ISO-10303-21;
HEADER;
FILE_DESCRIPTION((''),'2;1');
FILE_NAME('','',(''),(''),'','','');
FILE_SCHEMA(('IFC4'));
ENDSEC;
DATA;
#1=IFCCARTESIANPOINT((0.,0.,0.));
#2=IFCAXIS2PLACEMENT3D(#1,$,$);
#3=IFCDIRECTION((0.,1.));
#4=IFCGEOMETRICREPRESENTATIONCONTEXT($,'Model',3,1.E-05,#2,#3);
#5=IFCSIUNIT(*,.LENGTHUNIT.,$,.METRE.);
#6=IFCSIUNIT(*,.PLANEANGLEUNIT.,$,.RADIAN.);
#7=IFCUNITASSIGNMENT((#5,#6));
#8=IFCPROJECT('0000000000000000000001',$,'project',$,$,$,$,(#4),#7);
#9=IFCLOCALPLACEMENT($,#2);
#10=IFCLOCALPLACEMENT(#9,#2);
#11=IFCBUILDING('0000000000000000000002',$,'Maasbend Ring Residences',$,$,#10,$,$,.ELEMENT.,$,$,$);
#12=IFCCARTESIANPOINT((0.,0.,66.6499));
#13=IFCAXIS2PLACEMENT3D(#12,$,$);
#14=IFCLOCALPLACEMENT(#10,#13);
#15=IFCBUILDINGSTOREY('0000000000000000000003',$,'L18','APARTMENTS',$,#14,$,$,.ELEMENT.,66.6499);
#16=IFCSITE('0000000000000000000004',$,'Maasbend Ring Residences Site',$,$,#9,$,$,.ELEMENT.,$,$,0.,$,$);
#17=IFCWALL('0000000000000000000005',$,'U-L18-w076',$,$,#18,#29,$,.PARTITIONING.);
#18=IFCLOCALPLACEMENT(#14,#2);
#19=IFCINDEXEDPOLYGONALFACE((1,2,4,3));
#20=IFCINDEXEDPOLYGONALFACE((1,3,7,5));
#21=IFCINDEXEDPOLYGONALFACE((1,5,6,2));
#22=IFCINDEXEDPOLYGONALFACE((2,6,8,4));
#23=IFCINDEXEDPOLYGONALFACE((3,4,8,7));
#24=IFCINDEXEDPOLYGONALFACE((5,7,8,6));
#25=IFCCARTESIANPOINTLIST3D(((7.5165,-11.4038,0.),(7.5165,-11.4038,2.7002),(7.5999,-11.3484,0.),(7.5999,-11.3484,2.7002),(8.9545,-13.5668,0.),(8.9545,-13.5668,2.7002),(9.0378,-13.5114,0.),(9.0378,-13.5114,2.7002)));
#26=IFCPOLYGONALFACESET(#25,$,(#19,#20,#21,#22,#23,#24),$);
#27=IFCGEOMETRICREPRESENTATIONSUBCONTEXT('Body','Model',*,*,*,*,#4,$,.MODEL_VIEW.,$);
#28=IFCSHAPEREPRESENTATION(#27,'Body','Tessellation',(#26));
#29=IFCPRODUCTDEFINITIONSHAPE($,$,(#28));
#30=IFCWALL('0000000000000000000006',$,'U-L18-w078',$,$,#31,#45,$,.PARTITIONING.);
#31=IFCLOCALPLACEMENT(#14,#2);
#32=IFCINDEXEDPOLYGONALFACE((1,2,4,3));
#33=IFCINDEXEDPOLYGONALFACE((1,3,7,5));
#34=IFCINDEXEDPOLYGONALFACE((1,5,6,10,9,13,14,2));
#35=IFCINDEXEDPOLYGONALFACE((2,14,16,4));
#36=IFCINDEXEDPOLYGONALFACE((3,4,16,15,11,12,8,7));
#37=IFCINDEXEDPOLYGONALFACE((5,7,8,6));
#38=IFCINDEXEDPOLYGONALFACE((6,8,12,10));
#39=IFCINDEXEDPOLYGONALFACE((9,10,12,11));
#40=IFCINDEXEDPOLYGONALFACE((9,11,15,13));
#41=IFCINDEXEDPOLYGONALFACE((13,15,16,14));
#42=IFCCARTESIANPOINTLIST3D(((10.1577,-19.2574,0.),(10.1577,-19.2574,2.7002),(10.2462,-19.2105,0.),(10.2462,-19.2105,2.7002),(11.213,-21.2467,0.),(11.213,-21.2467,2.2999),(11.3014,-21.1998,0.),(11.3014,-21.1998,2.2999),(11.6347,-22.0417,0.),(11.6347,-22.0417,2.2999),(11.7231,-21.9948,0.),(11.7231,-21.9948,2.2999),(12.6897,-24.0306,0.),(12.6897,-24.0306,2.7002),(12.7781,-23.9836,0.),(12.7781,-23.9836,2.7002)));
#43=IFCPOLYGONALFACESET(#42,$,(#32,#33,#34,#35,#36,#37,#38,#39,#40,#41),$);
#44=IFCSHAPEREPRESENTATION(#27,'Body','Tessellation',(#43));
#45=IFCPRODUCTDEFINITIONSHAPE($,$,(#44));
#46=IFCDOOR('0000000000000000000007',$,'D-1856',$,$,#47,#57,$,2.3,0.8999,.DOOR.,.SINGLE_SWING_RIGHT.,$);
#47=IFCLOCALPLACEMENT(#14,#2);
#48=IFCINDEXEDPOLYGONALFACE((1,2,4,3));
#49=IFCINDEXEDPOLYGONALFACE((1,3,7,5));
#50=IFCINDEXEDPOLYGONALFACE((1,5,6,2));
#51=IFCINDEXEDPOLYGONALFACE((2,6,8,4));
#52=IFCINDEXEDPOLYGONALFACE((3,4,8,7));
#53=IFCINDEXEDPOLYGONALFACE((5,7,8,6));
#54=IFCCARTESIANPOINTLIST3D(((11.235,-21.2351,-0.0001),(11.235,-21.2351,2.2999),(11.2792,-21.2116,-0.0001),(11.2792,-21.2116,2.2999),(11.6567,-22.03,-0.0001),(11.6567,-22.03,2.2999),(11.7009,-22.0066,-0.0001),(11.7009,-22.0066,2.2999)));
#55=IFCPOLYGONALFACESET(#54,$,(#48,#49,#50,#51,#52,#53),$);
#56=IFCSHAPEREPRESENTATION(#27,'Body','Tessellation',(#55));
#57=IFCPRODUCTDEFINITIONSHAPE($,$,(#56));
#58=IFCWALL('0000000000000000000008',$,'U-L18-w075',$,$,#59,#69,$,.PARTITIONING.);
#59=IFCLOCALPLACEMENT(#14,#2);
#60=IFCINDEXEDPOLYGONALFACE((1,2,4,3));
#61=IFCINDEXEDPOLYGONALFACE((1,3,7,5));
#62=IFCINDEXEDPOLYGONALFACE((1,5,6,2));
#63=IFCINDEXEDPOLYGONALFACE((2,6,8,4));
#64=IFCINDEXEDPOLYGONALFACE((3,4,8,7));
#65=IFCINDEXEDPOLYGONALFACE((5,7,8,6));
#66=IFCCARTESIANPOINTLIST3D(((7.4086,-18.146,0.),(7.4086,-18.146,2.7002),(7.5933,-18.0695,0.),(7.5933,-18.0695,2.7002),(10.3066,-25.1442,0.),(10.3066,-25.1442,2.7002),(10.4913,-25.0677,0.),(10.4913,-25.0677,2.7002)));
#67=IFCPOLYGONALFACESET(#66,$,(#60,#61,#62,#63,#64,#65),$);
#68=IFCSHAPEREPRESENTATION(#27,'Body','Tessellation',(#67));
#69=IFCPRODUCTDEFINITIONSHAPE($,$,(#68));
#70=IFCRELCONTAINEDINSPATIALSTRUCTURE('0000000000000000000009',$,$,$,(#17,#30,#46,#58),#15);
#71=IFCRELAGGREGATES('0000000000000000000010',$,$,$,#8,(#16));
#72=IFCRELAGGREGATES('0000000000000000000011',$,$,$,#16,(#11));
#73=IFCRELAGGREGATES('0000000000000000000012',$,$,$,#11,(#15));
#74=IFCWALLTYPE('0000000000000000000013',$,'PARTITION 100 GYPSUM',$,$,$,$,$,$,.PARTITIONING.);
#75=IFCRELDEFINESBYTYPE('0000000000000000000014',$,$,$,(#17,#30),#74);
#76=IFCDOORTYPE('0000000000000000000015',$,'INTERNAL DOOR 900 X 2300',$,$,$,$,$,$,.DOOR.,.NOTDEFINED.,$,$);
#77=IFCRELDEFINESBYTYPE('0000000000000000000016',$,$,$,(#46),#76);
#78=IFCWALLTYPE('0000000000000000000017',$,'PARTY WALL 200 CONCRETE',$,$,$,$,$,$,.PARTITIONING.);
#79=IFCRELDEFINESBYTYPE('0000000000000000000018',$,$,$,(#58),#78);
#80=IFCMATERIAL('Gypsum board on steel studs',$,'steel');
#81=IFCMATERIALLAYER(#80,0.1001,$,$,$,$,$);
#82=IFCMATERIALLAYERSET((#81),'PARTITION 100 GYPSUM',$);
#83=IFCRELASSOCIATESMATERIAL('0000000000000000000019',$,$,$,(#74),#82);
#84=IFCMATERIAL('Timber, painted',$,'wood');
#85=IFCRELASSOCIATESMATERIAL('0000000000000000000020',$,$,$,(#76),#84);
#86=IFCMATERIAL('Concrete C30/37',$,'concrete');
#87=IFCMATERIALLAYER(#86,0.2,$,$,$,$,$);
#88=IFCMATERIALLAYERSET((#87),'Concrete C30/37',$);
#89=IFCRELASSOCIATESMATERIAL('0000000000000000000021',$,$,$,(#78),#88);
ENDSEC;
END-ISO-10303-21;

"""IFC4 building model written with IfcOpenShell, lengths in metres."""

from ifc_helpers import new_model, si_unit, direction, frame, frame_2d, origin, place, context, subcontext, project, spatial, rectangle, extrude, material, layer, layer_set, type_object, element, fill, save


model = new_model("IFC4")

# Units and contexts
model_context = context("Model", 3, precision=1e-05, world=origin(), true_north=direction((0.0, 1.0)))
body_context = subcontext(model_context, "Body", "Model", "MODEL_VIEW")
ifc_project = project(units=[si_unit("LENGTHUNIT", "METRE"), si_unit("PLANEANGLEUNIT", "RADIAN")], contexts=[model_context])

# Site, building, storey
site_placement = place(None, origin())
site = spatial("IfcSite", under=ifc_project, at=site_placement, Name="Maasbend Ring Residences Site", CompositionType="ELEMENT", RefElevation=0.0)
building_placement = place(site_placement, origin())
building = spatial("IfcBuilding", under=site, at=building_placement, Name="Maasbend Ring Residences", CompositionType="ELEMENT")
storey_placement = place(building_placement, frame((0.0, 0.0, 66.6499)))
storey = spatial("IfcBuildingStorey", under=building, at=storey_placement, Name="L18", Description="APARTMENTS", CompositionType="ELEMENT", Elevation=66.6499)

# Shared definitions
ifc_material_1 = material(Name="Gypsum board on steel studs", Category="steel")
ifc_layer_1 = layer(ifc_material_1, 0.1001)
ifc_layer_set_1 = layer_set([ifc_layer_1], Name="PARTITION 100 GYPSUM")
wall_type_1 = type_object("IfcWallType", Name="PARTITION 100 GYPSUM", PredefinedType="PARTITIONING", material=ifc_layer_set_1)

# Shared definitions
ifc_material_2 = material(Name="Timber, painted", Category="wood")
door_type_1 = type_object("IfcDoorType", Name="INTERNAL DOOR 900 X 2300", OperationType="NOTDEFINED", PredefinedType="DOOR", material=ifc_material_2)

# Wall
wall_1_placement = place(storey_placement, frame((7.5581, -11.376, 0.0), z_axis=(0.0, 0.0, 1.0), x_axis=(0.553615, -0.832773, 0.0)))
element("IfcWall", 1, at=wall_1_placement, inside=storey, type_object=wall_type_1, Name="U-L18-w076", PredefinedType="PARTITIONING", context=body_context, shape_type="SweptSolid", body=[
    extrude(rectangle(XDim=2.5974, YDim=0.1001, at=frame_2d((1.2988, 0.0))), origin(), (0.0, 0.0, 1.0), 2.7002),
])

# Wall, opening, door
wall_2_placement = place(storey_placement, frame((10.2019, -19.2339, 0.0), z_axis=(0.0, 0.0, 1.0), x_axis=(0.46861, -0.883405, 0.0)))
wall_2 = element("IfcWall", 2, at=wall_2_placement, inside=storey, type_object=wall_type_1, Name="U-L18-w078", PredefinedType="PARTITIONING", context=body_context, shape_type="SweptSolid", body=[
    extrude(rectangle(XDim=5.4031, YDim=0.1001, at=frame_2d((2.7017, 0.0))), origin(), (0.0, 0.0, 1.0), 2.7002),
])
opening_1_placement = place(wall_2_placement, frame((2.252, 0.0, 0.0)))
opening_1 = element("IfcOpeningElement", 3, at=opening_1_placement, cuts=wall_2, PredefinedType="OPENING", context=body_context, shape_type="SweptSolid", body=[
    extrude(rectangle(XDim=0.8999, YDim=2.3, at=frame_2d((0.45, 1.1499))), frame((0.0, 0.0601, 0.0), z_axis=(0.0, -1.0, 0.0), x_axis=(1.0, 0.0, 0.0)), (0.0, 0.0, 1.0), 0.1201),
])
door_1_placement = place(opening_1_placement, origin())
door_1 = element("IfcDoor", 4, at=door_1_placement, inside=storey, type_object=door_type_1, Name="D-1856", OperationType="SINGLE_SWING_RIGHT", OverallHeight=2.3, OverallWidth=0.8999, PredefinedType="DOOR", context=body_context, shape_type="SweptSolid", body=[
    extrude(rectangle(XDim=0.8999, YDim=2.3, at=frame_2d((0.45, 1.1499))), frame((0.0, 0.0249, 0.0), z_axis=(0.0, -1.0, 0.0), x_axis=(1.0, 0.0, 0.0)), (0.0, 0.0, 1.0), 0.05),
])
fill(opening_1, door_1)

# Wall
ifc_material_3 = material(Name="Concrete C30/37", Category="concrete")
ifc_layer_2 = layer(ifc_material_3, 0.2)
ifc_layer_set_2 = layer_set([ifc_layer_2], Name="Concrete C30/37")
wall_type_2 = type_object("IfcWallType", Name="PARTY WALL 200 CONCRETE", PredefinedType="PARTITIONING", material=ifc_layer_set_2)
wall_3_placement = place(storey_placement, frame((7.501, -18.1079, 0.0), z_axis=(0.0, 0.0, 1.0), x_axis=(0.3826, -0.923914, 0.0)))
element("IfcWall", 5, at=wall_3_placement, inside=storey, type_object=wall_type_2, Name="U-L18-w075", PredefinedType="PARTITIONING", context=body_context, shape_type="SweptSolid", body=[
    extrude(rectangle(XDim=7.5745, YDim=0.2, at=frame_2d((3.7871, 0.0))), origin(), (0.0, 0.0, 1.0), 2.7002),
])

save(model, "model.ifc")
